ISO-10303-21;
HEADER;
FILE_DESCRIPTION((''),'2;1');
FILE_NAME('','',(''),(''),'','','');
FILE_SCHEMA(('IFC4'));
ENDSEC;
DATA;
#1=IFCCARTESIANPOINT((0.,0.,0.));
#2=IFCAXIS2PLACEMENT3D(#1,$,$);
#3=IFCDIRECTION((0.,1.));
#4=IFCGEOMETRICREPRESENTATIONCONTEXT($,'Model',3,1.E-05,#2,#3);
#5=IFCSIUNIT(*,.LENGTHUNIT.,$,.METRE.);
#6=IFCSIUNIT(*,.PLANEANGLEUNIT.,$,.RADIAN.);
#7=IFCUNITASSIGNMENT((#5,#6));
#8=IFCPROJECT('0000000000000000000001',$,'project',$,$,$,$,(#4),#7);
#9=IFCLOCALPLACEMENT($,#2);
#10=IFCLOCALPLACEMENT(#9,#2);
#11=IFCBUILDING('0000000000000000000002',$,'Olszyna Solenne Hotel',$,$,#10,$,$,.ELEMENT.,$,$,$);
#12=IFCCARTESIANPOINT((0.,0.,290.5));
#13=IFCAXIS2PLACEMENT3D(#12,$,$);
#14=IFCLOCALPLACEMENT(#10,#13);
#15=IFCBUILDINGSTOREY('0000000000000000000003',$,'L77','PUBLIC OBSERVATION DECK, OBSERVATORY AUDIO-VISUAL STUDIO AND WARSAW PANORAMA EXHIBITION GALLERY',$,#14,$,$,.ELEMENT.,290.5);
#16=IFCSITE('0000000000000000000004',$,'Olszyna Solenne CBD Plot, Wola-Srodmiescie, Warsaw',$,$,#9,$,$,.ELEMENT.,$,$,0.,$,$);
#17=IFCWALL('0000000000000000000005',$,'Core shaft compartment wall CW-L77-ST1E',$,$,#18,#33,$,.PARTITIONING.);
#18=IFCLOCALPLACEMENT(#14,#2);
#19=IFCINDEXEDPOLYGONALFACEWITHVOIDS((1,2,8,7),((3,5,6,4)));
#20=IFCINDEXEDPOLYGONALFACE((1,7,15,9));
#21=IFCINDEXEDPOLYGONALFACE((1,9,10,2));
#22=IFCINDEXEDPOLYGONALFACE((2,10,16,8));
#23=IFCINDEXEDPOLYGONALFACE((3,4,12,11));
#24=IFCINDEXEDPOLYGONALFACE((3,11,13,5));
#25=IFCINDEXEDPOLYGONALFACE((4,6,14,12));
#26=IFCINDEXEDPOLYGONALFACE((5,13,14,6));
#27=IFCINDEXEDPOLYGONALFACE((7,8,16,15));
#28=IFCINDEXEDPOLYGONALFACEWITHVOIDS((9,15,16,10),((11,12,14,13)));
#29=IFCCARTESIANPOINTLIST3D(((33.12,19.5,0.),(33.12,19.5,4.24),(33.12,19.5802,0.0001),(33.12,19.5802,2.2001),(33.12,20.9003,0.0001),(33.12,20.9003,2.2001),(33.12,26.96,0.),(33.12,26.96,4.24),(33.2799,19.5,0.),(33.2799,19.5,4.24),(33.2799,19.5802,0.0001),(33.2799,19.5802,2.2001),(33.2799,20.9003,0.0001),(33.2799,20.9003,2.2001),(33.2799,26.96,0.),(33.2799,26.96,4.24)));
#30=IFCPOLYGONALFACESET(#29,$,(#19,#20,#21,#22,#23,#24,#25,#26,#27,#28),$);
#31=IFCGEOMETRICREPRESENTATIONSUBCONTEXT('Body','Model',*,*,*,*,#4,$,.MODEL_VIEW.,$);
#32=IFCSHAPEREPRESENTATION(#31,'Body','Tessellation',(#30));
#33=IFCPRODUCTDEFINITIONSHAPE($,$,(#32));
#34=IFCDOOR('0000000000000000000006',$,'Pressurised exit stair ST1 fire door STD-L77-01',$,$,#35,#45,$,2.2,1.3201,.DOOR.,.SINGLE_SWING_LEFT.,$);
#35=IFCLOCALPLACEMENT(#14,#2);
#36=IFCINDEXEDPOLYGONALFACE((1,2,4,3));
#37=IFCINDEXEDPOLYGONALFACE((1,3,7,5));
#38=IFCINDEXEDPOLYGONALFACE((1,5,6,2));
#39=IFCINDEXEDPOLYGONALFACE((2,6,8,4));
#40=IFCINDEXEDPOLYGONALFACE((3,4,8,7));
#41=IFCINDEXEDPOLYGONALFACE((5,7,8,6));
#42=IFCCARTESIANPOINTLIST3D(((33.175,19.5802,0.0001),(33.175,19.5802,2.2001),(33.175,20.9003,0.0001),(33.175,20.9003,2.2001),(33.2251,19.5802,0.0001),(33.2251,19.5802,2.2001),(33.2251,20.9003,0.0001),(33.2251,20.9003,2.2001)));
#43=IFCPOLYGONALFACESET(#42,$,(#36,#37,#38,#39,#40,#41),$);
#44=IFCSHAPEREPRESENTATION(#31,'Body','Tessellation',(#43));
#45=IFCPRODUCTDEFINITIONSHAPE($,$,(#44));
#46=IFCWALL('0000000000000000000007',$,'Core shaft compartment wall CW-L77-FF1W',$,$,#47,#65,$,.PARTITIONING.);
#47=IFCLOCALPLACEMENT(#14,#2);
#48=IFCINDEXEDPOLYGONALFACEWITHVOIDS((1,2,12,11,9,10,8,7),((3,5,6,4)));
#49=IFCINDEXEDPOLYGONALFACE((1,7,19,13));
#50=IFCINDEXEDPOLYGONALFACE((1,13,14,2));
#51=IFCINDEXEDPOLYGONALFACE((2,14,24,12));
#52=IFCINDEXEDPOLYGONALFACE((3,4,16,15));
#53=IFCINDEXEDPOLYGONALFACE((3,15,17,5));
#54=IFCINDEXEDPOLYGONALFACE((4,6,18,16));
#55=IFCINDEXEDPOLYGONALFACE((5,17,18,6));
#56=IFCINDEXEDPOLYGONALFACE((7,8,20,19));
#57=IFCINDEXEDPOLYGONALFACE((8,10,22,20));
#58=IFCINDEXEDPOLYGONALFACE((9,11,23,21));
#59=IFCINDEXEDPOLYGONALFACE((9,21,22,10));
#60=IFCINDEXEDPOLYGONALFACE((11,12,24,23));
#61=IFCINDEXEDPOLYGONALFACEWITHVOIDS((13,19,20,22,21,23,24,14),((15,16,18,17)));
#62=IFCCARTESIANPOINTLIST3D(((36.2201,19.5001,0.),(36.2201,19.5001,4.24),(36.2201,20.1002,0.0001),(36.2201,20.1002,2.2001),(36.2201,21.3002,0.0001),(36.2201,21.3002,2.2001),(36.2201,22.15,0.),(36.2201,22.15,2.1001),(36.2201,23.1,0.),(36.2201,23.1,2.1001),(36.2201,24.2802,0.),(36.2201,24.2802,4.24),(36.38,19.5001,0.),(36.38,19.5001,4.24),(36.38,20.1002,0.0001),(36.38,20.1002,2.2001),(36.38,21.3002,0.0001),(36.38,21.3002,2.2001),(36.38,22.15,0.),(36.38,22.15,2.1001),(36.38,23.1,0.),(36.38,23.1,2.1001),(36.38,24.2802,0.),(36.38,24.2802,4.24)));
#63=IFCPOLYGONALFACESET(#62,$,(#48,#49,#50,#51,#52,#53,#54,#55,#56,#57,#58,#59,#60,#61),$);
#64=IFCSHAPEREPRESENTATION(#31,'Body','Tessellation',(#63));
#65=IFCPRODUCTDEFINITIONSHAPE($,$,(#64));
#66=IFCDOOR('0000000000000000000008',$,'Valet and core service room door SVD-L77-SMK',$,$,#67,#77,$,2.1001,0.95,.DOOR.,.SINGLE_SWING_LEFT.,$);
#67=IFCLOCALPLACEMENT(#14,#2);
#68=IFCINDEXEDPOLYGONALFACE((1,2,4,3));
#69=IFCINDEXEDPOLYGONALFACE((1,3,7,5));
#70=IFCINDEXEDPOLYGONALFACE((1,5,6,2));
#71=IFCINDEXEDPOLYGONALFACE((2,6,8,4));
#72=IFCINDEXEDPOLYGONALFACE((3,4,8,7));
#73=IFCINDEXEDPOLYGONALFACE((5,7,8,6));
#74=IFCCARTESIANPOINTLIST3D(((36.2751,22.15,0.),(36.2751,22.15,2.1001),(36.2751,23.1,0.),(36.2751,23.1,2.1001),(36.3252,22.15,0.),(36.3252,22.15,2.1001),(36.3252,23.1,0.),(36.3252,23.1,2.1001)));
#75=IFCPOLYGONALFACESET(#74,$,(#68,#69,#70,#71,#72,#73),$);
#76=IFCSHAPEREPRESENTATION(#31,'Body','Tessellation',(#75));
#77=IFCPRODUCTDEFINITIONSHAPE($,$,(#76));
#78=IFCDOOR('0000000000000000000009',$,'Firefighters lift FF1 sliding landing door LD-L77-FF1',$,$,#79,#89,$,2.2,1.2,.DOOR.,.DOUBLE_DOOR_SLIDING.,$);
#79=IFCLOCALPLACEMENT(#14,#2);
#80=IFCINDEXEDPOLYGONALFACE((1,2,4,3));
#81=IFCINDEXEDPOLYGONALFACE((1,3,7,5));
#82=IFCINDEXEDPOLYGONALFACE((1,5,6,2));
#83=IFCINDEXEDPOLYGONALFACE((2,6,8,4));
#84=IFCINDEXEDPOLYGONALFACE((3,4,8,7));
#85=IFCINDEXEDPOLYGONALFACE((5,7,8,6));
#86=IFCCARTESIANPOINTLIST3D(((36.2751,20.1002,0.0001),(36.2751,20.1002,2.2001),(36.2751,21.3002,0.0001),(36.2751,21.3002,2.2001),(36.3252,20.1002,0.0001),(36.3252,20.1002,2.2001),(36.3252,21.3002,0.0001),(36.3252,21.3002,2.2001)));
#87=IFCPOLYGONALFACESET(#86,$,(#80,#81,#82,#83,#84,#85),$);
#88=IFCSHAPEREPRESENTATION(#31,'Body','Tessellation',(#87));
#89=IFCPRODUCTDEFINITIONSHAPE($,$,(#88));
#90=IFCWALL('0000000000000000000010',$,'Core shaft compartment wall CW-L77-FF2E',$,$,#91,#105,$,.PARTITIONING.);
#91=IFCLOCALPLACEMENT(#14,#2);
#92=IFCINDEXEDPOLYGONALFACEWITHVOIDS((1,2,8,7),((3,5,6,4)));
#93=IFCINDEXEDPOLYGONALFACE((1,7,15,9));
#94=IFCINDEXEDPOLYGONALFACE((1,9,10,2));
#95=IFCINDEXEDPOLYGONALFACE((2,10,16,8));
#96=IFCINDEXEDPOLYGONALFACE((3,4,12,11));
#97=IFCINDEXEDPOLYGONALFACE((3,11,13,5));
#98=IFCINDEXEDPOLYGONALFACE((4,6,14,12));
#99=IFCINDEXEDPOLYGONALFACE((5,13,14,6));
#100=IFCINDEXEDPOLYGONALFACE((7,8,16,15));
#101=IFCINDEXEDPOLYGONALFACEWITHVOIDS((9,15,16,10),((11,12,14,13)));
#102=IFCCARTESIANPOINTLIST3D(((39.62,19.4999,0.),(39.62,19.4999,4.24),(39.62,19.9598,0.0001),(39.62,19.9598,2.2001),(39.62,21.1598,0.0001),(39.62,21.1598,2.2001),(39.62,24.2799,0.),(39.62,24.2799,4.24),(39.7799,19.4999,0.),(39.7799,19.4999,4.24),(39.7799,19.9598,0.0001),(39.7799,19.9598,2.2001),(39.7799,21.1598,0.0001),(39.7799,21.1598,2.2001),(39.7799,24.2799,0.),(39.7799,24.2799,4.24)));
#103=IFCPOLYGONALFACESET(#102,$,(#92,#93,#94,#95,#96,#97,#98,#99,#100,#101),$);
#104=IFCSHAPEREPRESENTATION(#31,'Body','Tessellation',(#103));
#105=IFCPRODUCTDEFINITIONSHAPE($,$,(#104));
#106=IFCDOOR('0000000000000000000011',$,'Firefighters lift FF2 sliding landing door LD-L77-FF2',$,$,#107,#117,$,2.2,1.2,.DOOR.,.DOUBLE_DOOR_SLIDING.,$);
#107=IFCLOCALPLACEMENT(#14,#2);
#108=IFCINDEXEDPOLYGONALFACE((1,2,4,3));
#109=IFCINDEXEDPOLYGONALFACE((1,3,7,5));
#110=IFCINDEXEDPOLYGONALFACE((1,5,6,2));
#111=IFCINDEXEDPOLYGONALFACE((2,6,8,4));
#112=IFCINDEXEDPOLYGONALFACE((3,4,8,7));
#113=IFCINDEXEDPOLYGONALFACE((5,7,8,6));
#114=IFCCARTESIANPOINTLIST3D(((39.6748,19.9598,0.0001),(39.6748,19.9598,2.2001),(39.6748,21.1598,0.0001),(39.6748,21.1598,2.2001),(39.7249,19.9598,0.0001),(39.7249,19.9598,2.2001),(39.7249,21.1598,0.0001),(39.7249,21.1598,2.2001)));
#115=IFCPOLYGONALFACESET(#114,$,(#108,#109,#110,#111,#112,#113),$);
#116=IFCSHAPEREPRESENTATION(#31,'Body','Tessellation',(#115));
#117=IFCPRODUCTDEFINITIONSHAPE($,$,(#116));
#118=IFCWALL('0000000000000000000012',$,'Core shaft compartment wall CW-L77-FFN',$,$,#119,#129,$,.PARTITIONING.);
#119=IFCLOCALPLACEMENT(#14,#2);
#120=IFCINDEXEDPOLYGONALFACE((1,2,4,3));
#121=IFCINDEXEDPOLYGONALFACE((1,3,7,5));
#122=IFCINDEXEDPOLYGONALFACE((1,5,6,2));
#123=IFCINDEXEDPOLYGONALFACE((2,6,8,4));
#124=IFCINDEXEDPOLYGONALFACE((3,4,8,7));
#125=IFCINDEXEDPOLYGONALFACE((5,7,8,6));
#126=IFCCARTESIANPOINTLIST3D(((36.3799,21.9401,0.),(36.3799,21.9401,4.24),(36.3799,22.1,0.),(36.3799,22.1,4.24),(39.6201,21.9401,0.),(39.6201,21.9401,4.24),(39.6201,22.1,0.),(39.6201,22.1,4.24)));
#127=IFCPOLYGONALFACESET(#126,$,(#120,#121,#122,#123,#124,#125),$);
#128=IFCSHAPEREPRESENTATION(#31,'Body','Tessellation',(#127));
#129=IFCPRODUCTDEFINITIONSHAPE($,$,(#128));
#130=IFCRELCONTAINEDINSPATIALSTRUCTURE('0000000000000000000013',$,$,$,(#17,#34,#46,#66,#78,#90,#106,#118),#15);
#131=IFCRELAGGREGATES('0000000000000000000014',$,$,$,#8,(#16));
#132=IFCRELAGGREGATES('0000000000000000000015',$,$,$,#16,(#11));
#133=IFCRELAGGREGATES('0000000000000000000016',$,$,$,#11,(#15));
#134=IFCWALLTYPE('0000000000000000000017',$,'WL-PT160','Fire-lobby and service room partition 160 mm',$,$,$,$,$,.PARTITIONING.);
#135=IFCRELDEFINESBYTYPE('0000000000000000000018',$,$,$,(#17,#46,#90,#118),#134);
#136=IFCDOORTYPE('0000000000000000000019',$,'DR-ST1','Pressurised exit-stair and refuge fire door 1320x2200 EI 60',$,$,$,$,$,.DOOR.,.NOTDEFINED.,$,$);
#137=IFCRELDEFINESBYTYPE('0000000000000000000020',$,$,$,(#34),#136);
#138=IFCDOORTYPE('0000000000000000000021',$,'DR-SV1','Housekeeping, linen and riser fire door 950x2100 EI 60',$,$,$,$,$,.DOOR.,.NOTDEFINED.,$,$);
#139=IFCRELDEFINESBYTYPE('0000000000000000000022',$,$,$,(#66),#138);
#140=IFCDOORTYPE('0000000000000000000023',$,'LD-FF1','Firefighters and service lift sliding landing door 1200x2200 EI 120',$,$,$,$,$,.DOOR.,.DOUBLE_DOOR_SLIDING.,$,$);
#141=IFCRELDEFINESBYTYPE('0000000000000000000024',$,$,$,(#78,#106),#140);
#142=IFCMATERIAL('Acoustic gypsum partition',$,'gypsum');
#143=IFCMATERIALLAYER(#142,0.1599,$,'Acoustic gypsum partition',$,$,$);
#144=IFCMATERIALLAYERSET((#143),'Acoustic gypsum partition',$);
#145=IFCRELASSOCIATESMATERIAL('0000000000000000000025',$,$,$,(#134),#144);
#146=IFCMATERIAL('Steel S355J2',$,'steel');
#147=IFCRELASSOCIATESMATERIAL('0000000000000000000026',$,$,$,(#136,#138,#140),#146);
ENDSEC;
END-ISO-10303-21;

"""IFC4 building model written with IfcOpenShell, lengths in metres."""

from ifc_helpers import new_model, si_unit, direction, frame, frame_2d, origin, place, context, subcontext, project, spatial, rectangle, extrude, source, transform, mapped, material, layer, layer_set, type_object, type_shapes, element, fill, save


model = new_model("IFC4")

# Units and contexts
model_context = context("Model", 3, precision=1e-05, world=origin(), true_north=direction((0.0, 1.0)))
body_context = subcontext(model_context, "Body", "Model", "MODEL_VIEW")
ifc_project = project(units=[si_unit("LENGTHUNIT", "METRE"), si_unit("PLANEANGLEUNIT", "RADIAN")], contexts=[model_context])

# Site, building, storey
site_placement = place(None, origin())
site = spatial("IfcSite", under=ifc_project, at=site_placement, Name="Olszyna Solenne CBD Plot, Wola-Srodmiescie, Warsaw", CompositionType="ELEMENT", RefElevation=0.0)
building_placement = place(site_placement, origin())
building = spatial("IfcBuilding", under=site, at=building_placement, Name="Olszyna Solenne Hotel", CompositionType="ELEMENT")
storey_placement = place(building_placement, frame((0.0, 0.0, 290.5)))
storey = spatial("IfcBuildingStorey", under=building, at=storey_placement, Name="L77", Description="PUBLIC OBSERVATION DECK, OBSERVATORY AUDIO-VISUAL STUDIO AND WARSAW PANORAMA EXHIBITION GALLERY", CompositionType="ELEMENT", Elevation=290.5)

# Shared definitions
ifc_material_1 = material(Name="Acoustic gypsum partition", Category="gypsum")

# Wall, opening, door
ifc_layer_1 = layer(ifc_material_1, 0.1599, Name="Acoustic gypsum partition")
ifc_layer_set_1 = layer_set([ifc_layer_1], Name="Acoustic gypsum partition")
wall_type_1 = type_object("IfcWallType", Name="WL-PT160", Description="Fire-lobby and service room partition 160 mm", PredefinedType="PARTITIONING", material=ifc_layer_set_1)
wall_1_placement = place(storey_placement, frame((33.2, 19.5, 0.0), z_axis=(0.0, 0.0, 1.0), x_axis=(0.0, 1.0, 0.0)))
wall_1 = element("IfcWall", 1, at=wall_1_placement, inside=storey, type_object=wall_type_1, Name="Core shaft compartment wall CW-L77-ST1E", PredefinedType="PARTITIONING", context=body_context, shape_type="SweptSolid", body=[
    extrude(rectangle(XDim=7.46, YDim=0.1599, at=frame_2d((3.73, 0.0))), origin(), (0.0, 0.0, 1.0), 4.24),
])
opening_1_placement = place(wall_1_placement, frame((0.0801, 0.0, 0.0)))
opening_1 = element("IfcOpeningElement", 2, at=opening_1_placement, cuts=wall_1, PredefinedType="OPENING", context=body_context, shape_type="SweptSolid", body=[
    extrude(rectangle(XDim=1.3201, YDim=2.2, at=frame_2d((0.6602, 1.1001))), frame((0.0, 0.0898, 0.0), z_axis=(0.0, -1.0, 0.0), x_axis=(1.0, 0.0, 0.0)), (0.0, 0.0, 1.0), 0.1799),
])
ifc_material_2 = material(Name="Steel S355J2", Category="steel")
door_type_1 = type_object("IfcDoorType", Name="DR-ST1", Description="Pressurised exit-stair and refuge fire door 1320x2200 EI 60", OperationType="NOTDEFINED", PredefinedType="DOOR", material=ifc_material_2)
shared_shape_1 = source(origin(), body_context, "Body", "SweptSolid", [
    extrude(rectangle(XDim=1.3201, YDim=2.2, at=frame_2d((0.6602, 1.1001))), frame((0.0, 0.0249, 0.0), z_axis=(0.0, -1.0, 0.0), x_axis=(1.0, 0.0, 0.0)), (0.0, 0.0, 1.0), 0.05),
])
type_shapes(door_type_1, [shared_shape_1])
door_1_placement = place(opening_1_placement, origin())
door_1 = element("IfcDoor", 3, at=door_1_placement, inside=storey, type_object=door_type_1, Name="Pressurised exit stair ST1 fire door STD-L77-01", OperationType="SINGLE_SWING_LEFT", OverallHeight=2.2, OverallWidth=1.3201, PredefinedType="DOOR", context=body_context, shape_type="MappedRepresentation", body=[
    mapped(shared_shape_1, transform((0.0, 0.0, 0.0), x_axis=(1.0, 0.0, 0.0), y_axis=(0.0, 1.0, 0.0), z_axis=(0.0, 0.0, 1.0), scale=1.0)),
])
fill(opening_1, door_1)

# Wall, openings, doors
wall_2_placement = place(storey_placement, frame((36.3, 19.5, 0.0), z_axis=(0.0, 0.0, 1.0), x_axis=(0.0, 1.0, 0.0)))
wall_2 = element("IfcWall", 4, at=wall_2_placement, inside=storey, type_object=wall_type_1, Name="Core shaft compartment wall CW-L77-FF1W", PredefinedType="PARTITIONING", context=body_context, shape_type="SweptSolid", body=[
    extrude(rectangle(XDim=4.78, YDim=0.1599, at=frame_2d((2.3901, 0.0))), origin(), (0.0, 0.0, 1.0), 4.24),
])
opening_2_placement = place(wall_2_placement, frame((0.6001, 0.0, 0.0)))
opening_2 = element("IfcOpeningElement", 5, at=opening_2_placement, cuts=wall_2, PredefinedType="OPENING", context=body_context, shape_type="SweptSolid", body=[
    extrude(rectangle(XDim=1.2, YDim=2.2, at=frame_2d((0.6001, 1.1001))), frame((0.0, 0.0898, 0.0), z_axis=(0.0, -1.0, 0.0), x_axis=(1.0, 0.0, 0.0)), (0.0, 0.0, 1.0), 0.1799),
])
opening_3_placement = place(wall_2_placement, frame((2.6499, 0.0, 0.0)))
opening_3 = element("IfcOpeningElement", 6, at=opening_3_placement, cuts=wall_2, PredefinedType="OPENING", context=body_context, shape_type="SweptSolid", body=[
    extrude(rectangle(XDim=0.95, YDim=2.1001, at=frame_2d((0.4751, 1.05))), frame((0.0, 0.0898, 0.0), z_axis=(0.0, -1.0, 0.0), x_axis=(1.0, 0.0, 0.0)), (0.0, 0.0, 1.0), 0.1799),
])
door_type_2 = type_object("IfcDoorType", Name="DR-SV1", Description="Housekeeping, linen and riser fire door 950x2100 EI 60", OperationType="NOTDEFINED", PredefinedType="DOOR", material=ifc_material_2)
shared_shape_2 = source(origin(), body_context, "Body", "SweptSolid", [
    extrude(rectangle(XDim=0.95, YDim=2.1001, at=frame_2d((0.4751, 1.05))), frame((0.0, 0.0249, 0.0), z_axis=(0.0, -1.0, 0.0), x_axis=(1.0, 0.0, 0.0)), (0.0, 0.0, 1.0), 0.05),
])
type_shapes(door_type_2, [shared_shape_2])
door_2_placement = place(opening_3_placement, origin())
door_2 = element("IfcDoor", 7, at=door_2_placement, inside=storey, type_object=door_type_2, Name="Valet and core service room door SVD-L77-SMK", OperationType="SINGLE_SWING_LEFT", OverallHeight=2.1001, OverallWidth=0.95, PredefinedType="DOOR", context=body_context, shape_type="MappedRepresentation", body=[
    mapped(shared_shape_2, transform((0.0, 0.0, 0.0), x_axis=(1.0, 0.0, 0.0), y_axis=(0.0, 1.0, 0.0), z_axis=(0.0, 0.0, 1.0), scale=1.0)),
])
fill(opening_3, door_2)
door_type_3 = type_object("IfcDoorType", Name="LD-FF1", Description="Firefighters and service lift sliding landing door 1200x2200 EI 120", OperationType="DOUBLE_DOOR_SLIDING", PredefinedType="DOOR", material=ifc_material_2)
shared_shape_3 = source(origin(), body_context, "Body", "SweptSolid", [
    extrude(rectangle(XDim=1.2, YDim=2.2, at=frame_2d((0.6001, 1.1001))), frame((0.0, 0.0249, 0.0), z_axis=(0.0, -1.0, 0.0), x_axis=(1.0, 0.0, 0.0)), (0.0, 0.0, 1.0), 0.05),
])
type_shapes(door_type_3, [shared_shape_3])
door_3_placement = place(opening_2_placement, origin())
door_3 = element("IfcDoor", 8, at=door_3_placement, inside=storey, type_object=door_type_3, Name="Firefighters lift FF1 sliding landing door LD-L77-FF1", OperationType="DOUBLE_DOOR_SLIDING", OverallHeight=2.2, OverallWidth=1.2, PredefinedType="DOOR", context=body_context, shape_type="MappedRepresentation", body=[
    mapped(shared_shape_3, transform((0.0, 0.0, 0.0), x_axis=(1.0, 0.0, 0.0), y_axis=(0.0, 1.0, 0.0), z_axis=(0.0, 0.0, 1.0), scale=1.0)),
])
fill(opening_2, door_3)

# Wall, opening, door
wall_3_placement = place(storey_placement, frame((39.7, 24.28, 0.0), z_axis=(0.0, 0.0, 1.0), x_axis=(0.0, -1.0, 0.0)))
wall_3 = element("IfcWall", 9, at=wall_3_placement, inside=storey, type_object=wall_type_1, Name="Core shaft compartment wall CW-L77-FF2E", PredefinedType="PARTITIONING", context=body_context, shape_type="SweptSolid", body=[
    extrude(rectangle(XDim=4.78, YDim=0.1599, at=frame_2d((2.3901, 0.0))), origin(), (0.0, 0.0, 1.0), 4.24),
])
opening_4_placement = place(wall_3_placement, frame((3.1201, 0.0, 0.0)))
opening_4 = element("IfcOpeningElement", 10, at=opening_4_placement, cuts=wall_3, PredefinedType="OPENING", context=body_context, shape_type="SweptSolid", body=[
    extrude(rectangle(XDim=1.2, YDim=2.2, at=frame_2d((0.6001, 1.1001))), frame((0.0, 0.0898, 0.0), z_axis=(0.0, -1.0, 0.0), x_axis=(1.0, 0.0, 0.0)), (0.0, 0.0, 1.0), 0.1799),
])
door_4_placement = place(opening_4_placement, origin())
door_4 = element("IfcDoor", 11, at=door_4_placement, inside=storey, type_object=door_type_3, Name="Firefighters lift FF2 sliding landing door LD-L77-FF2", OperationType="DOUBLE_DOOR_SLIDING", OverallHeight=2.2, OverallWidth=1.2, PredefinedType="DOOR", context=body_context, shape_type="MappedRepresentation", body=[
    mapped(shared_shape_3, transform((0.0, 0.0, 0.0), x_axis=(1.0, 0.0, 0.0), y_axis=(0.0, 1.0, 0.0), z_axis=(0.0, 0.0, 1.0), scale=1.0)),
])
fill(opening_4, door_4)

# Wall
wall_4_placement = place(storey_placement, frame((36.3799, 22.02, 0.0), z_axis=(0.0, 0.0, 1.0), x_axis=(1.0, 0.0, 0.0)))
element("IfcWall", 12, at=wall_4_placement, inside=storey, type_object=wall_type_1, Name="Core shaft compartment wall CW-L77-FFN", PredefinedType="PARTITIONING", context=body_context, shape_type="SweptSolid", body=[
    extrude(rectangle(XDim=3.2402, YDim=0.1599, at=frame_2d((1.6201, 0.0))), origin(), (0.0, 0.0, 1.0), 4.24),
])

save(model, "model.ifc")
